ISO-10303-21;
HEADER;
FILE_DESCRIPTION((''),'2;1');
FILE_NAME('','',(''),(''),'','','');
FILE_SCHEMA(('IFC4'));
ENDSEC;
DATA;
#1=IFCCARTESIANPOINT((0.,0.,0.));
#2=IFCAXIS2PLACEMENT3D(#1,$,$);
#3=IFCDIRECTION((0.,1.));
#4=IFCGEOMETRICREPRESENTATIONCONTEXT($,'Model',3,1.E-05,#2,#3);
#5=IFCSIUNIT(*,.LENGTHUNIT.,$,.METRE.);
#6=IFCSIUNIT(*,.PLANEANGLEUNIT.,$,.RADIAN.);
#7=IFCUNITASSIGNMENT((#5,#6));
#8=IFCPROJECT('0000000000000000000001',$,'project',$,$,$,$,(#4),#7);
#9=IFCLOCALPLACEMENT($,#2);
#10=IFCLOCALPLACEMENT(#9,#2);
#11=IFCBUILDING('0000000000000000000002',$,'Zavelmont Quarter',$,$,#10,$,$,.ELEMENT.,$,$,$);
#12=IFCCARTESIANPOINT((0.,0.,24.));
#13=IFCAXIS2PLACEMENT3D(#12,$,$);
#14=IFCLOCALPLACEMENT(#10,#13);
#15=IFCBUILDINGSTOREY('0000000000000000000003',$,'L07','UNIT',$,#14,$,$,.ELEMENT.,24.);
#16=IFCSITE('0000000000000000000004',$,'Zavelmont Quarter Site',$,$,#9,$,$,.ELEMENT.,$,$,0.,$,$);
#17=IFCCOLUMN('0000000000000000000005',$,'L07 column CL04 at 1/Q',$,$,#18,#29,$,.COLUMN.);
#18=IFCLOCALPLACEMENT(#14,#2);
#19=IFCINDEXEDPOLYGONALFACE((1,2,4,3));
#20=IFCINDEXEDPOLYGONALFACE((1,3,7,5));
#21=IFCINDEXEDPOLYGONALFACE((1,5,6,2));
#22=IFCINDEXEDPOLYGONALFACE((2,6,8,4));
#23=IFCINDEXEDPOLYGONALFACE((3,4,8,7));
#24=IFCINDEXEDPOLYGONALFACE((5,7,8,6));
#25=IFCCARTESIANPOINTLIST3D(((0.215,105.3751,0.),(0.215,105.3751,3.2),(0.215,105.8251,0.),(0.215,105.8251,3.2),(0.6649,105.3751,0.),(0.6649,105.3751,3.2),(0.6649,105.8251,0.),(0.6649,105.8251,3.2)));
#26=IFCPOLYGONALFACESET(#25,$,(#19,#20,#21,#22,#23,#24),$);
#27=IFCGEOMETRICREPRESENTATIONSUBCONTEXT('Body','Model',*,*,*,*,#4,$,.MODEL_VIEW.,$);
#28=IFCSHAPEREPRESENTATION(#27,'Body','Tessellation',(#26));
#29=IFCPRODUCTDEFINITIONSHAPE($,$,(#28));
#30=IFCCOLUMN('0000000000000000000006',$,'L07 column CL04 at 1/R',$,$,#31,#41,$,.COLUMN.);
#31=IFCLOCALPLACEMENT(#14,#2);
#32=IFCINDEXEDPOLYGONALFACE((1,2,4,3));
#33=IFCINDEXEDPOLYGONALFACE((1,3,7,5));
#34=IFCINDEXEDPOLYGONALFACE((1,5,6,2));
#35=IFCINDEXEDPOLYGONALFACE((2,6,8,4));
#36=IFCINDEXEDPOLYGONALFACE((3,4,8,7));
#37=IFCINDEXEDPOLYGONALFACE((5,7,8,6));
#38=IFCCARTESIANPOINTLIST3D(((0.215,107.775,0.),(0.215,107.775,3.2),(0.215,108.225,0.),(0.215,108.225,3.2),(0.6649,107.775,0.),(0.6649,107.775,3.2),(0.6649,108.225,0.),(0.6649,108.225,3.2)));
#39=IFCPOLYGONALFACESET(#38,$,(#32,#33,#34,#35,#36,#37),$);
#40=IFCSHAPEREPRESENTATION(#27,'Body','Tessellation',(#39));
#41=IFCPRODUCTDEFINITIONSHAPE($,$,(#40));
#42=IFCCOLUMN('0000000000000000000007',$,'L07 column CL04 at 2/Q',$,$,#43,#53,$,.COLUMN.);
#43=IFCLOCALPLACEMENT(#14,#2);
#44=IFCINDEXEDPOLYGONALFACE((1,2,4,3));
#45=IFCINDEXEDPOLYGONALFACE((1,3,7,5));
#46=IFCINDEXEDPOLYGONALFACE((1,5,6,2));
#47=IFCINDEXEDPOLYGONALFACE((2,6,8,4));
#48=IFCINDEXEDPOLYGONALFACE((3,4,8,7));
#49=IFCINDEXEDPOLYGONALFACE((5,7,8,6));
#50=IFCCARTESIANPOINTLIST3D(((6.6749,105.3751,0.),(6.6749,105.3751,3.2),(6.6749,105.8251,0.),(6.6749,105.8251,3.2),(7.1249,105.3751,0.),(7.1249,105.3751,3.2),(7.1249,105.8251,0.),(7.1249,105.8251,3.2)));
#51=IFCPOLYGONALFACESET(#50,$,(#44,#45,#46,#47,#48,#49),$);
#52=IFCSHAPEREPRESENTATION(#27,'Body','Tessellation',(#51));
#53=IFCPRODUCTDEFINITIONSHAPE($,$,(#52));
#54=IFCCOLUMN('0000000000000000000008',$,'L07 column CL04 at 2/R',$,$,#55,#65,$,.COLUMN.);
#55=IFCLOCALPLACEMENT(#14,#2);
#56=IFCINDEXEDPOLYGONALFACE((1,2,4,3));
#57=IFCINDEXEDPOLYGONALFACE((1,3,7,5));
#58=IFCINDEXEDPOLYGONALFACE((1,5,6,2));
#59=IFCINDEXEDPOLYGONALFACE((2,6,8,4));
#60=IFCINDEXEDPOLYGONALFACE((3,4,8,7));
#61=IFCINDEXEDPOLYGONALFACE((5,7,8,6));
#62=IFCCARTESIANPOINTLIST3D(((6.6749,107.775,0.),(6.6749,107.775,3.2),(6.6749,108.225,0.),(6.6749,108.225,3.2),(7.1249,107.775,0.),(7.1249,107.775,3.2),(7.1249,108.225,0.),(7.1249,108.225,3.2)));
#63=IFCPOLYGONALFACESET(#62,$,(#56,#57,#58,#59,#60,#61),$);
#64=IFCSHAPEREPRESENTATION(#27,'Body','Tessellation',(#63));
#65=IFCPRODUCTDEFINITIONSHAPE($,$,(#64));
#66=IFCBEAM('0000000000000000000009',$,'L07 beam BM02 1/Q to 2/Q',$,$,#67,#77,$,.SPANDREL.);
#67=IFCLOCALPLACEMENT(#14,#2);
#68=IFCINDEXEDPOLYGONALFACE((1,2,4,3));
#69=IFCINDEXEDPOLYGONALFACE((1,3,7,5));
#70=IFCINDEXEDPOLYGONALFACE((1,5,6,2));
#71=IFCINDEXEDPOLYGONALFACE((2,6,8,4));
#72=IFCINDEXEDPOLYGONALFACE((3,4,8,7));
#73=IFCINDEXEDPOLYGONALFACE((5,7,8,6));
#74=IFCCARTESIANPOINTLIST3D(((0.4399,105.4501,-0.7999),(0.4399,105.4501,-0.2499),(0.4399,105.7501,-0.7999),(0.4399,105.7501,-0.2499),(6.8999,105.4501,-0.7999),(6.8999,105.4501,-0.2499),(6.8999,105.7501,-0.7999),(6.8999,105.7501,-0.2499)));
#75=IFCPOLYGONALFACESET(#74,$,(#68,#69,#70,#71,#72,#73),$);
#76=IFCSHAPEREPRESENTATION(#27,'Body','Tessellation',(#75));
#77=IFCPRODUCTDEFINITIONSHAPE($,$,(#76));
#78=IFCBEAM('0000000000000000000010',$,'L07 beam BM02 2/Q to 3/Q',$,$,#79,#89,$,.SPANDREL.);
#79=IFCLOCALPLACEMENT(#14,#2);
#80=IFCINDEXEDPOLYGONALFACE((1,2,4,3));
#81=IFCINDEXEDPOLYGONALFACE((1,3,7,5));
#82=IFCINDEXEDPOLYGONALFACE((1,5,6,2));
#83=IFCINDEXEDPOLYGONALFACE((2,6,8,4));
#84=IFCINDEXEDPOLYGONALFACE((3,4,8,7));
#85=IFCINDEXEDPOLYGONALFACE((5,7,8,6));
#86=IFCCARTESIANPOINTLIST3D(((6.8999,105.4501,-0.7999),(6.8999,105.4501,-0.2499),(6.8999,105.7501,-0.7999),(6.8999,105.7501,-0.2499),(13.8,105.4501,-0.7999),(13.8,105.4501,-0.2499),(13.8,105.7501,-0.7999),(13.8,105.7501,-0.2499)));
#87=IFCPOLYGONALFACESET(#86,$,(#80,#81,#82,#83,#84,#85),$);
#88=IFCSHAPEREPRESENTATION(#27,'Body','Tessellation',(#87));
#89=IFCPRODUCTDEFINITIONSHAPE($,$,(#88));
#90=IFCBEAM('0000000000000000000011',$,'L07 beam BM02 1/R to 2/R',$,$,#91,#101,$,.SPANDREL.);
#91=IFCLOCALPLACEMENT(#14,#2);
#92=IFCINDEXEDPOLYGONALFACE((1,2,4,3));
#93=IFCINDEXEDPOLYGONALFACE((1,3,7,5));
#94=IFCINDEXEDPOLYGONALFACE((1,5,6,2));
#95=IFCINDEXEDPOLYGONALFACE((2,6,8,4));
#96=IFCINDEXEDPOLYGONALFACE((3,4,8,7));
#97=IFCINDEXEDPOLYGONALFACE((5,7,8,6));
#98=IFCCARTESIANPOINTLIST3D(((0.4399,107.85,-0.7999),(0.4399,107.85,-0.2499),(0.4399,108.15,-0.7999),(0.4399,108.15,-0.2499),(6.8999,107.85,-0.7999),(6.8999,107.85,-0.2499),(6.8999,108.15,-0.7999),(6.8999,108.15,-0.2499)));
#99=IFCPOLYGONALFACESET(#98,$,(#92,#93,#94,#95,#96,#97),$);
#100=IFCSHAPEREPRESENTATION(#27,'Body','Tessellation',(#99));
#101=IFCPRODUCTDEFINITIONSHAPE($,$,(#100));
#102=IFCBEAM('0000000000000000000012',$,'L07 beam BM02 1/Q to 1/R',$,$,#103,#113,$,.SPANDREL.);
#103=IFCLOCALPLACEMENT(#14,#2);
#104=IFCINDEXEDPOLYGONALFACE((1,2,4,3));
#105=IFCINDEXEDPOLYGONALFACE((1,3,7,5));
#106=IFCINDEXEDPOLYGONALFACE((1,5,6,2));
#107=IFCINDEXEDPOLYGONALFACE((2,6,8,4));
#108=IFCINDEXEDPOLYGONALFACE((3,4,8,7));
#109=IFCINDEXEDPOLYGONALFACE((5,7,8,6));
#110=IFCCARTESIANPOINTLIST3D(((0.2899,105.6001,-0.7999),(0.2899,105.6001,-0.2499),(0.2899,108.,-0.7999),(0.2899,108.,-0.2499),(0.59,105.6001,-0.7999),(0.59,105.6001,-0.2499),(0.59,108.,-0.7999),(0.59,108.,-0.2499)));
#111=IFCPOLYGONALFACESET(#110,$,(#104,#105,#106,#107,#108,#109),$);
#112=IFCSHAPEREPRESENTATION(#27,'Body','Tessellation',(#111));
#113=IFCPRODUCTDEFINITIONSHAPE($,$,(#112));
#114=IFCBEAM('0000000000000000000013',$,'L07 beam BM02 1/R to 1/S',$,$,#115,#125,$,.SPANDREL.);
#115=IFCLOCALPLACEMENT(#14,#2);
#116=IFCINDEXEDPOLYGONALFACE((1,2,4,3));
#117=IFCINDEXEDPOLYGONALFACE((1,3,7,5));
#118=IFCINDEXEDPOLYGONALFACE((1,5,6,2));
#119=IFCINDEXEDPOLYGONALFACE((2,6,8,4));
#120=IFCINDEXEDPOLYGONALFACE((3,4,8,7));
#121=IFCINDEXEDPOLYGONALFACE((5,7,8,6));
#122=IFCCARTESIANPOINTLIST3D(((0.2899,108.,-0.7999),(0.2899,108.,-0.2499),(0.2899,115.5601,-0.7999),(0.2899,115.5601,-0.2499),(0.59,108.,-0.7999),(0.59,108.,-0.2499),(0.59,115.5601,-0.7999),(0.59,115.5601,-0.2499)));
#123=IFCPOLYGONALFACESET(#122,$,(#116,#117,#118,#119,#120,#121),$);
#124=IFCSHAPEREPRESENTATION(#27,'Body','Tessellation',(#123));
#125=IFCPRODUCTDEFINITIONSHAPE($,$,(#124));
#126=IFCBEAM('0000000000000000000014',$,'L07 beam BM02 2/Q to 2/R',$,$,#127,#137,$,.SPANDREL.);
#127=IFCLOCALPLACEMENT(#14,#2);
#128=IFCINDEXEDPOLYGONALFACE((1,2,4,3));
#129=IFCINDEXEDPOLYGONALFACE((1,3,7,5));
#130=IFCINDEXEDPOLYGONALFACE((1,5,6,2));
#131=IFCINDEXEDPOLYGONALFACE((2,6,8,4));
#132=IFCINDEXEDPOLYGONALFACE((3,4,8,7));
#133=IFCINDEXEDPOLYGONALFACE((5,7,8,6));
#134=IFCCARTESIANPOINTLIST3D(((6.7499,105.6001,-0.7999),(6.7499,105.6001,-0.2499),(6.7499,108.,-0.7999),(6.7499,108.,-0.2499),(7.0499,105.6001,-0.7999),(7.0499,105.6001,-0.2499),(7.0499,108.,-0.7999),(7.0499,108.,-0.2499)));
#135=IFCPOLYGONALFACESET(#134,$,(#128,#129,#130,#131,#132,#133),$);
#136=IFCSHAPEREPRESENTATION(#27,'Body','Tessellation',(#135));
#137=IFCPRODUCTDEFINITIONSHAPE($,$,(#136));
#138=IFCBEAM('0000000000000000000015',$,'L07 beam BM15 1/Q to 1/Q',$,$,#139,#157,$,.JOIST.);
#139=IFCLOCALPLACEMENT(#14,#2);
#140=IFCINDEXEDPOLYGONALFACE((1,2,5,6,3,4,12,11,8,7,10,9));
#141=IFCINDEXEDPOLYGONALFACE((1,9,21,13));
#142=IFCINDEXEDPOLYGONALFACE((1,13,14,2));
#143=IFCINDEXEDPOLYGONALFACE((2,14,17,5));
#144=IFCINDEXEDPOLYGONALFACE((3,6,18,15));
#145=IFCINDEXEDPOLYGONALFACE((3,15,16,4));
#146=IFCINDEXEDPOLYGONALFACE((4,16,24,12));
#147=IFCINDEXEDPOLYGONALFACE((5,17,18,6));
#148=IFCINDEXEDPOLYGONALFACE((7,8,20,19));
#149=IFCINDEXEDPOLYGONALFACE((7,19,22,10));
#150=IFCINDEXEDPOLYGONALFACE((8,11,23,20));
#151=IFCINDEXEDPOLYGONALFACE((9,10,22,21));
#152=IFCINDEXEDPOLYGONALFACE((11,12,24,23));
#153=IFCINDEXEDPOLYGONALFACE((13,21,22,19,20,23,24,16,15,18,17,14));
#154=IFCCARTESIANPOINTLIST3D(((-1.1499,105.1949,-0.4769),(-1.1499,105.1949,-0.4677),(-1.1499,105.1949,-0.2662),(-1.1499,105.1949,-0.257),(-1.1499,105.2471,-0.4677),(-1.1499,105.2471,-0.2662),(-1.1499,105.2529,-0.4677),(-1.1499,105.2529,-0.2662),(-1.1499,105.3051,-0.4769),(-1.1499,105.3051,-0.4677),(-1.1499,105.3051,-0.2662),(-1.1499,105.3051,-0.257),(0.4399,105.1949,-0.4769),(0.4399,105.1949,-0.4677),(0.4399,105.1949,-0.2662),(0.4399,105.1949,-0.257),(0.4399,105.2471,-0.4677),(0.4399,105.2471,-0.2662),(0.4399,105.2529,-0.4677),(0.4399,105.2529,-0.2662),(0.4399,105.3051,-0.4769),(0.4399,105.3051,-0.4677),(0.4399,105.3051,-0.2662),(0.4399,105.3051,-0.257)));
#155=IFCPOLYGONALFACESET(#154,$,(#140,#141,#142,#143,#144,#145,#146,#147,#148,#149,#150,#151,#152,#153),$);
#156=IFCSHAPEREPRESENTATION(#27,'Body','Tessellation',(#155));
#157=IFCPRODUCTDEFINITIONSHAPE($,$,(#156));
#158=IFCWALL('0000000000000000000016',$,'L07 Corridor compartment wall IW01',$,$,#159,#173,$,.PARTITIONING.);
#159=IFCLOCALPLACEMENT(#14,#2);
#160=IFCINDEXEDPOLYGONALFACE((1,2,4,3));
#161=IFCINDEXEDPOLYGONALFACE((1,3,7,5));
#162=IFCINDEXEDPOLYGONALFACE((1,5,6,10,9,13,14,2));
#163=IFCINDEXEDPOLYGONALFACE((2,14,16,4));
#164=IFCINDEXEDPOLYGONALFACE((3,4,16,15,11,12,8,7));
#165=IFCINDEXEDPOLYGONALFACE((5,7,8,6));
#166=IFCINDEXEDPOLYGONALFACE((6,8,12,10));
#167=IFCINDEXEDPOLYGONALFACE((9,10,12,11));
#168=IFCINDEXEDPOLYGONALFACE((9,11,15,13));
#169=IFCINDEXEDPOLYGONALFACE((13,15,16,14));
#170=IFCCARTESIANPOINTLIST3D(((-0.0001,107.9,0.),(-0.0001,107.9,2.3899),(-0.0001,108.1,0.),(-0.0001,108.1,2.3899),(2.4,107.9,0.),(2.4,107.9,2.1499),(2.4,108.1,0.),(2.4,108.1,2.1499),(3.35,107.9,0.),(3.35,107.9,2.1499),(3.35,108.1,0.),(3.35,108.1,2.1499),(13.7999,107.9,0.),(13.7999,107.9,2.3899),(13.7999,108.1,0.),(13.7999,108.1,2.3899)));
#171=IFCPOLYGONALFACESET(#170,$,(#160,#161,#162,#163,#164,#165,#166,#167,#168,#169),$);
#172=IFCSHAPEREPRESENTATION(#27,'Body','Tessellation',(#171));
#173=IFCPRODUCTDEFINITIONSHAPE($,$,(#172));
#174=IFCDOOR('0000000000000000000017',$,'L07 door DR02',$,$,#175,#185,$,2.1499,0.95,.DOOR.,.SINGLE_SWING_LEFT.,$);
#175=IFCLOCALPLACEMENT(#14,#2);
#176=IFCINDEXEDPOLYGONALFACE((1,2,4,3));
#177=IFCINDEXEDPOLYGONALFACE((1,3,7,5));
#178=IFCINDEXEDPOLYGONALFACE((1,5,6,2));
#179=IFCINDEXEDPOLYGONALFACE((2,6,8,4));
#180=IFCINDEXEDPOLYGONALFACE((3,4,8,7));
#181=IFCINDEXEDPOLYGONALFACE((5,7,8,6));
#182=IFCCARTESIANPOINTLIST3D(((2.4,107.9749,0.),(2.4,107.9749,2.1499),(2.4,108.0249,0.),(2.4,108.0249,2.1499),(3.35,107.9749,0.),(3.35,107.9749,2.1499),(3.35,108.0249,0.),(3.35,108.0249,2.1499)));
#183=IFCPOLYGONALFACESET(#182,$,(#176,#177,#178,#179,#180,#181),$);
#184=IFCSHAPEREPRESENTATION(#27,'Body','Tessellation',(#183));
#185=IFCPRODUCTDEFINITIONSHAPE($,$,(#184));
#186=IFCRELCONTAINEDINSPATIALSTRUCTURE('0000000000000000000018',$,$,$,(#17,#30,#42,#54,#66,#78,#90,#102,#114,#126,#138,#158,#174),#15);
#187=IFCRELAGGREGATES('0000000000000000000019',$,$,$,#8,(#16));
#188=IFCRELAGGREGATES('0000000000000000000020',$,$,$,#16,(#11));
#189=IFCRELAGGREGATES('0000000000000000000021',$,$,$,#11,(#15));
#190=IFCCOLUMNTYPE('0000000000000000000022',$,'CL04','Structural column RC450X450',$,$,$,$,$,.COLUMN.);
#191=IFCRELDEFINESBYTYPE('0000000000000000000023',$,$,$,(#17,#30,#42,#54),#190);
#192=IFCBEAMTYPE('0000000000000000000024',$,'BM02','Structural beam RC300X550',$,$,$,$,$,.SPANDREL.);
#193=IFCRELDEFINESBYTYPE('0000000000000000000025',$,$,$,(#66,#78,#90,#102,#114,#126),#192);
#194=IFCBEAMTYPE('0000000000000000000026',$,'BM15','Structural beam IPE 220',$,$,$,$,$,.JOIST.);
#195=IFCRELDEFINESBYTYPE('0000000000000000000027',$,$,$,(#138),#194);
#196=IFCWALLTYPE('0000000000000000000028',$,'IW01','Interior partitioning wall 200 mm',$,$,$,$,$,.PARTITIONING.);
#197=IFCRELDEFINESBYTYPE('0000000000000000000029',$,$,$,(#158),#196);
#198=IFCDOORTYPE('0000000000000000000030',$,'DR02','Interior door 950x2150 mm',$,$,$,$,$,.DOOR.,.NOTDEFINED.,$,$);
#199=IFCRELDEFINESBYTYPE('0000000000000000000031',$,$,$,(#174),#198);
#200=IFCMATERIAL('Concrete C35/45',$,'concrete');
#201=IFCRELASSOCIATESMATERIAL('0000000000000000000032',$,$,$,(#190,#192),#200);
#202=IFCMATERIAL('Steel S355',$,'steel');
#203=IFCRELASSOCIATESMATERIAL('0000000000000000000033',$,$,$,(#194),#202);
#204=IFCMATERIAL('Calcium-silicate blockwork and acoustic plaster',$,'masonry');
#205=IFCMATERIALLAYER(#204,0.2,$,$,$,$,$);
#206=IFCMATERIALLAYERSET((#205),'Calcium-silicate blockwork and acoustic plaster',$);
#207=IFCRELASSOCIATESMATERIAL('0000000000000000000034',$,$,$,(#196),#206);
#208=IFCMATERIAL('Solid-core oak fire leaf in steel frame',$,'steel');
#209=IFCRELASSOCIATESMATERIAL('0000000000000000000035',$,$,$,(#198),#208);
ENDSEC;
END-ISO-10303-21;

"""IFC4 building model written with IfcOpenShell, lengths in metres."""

from ifc_helpers import new_model, si_unit, direction, frame, frame_2d, origin, origin_with_axes, origin_2d, place, context, subcontext, project, spatial, rectangle, i_section, extrude, material, layer, layer_set, material_profile, profile_set, type_object, element, fill, save


model = new_model("IFC4")

# Units and contexts
model_context = context("Model", 3, precision=1e-05, world=origin(), true_north=direction((0.0, 1.0)))
body_context = subcontext(model_context, "Body", "Model", "MODEL_VIEW")
ifc_project = project(units=[si_unit("LENGTHUNIT", "METRE"), si_unit("PLANEANGLEUNIT", "RADIAN")], contexts=[model_context])

# Site, building, storey
site_placement = place(None, origin())
site = spatial("IfcSite", under=ifc_project, at=site_placement, Name="Zavelmont Quarter Site", CompositionType="ELEMENT", RefElevation=0.0)
building_placement = place(site_placement, origin())
building = spatial("IfcBuilding", under=site, at=building_placement, Name="Zavelmont Quarter", CompositionType="ELEMENT")
storey_placement = place(building_placement, frame((0.0, 0.0, 24.0)))
storey = spatial("IfcBuildingStorey", under=building, at=storey_placement, Name="L07", Description="UNIT", CompositionType="ELEMENT", Elevation=24.0)

# Columns
ifc_material_1 = material(Name="Concrete C35/45", Category="concrete")
ifc_material_profile_1 = material_profile(ifc_material_1, rectangle(XDim=0.45, YDim=0.45, at=origin_2d()), Name="RC450X450")
ifc_profile_set_1 = profile_set([ifc_material_profile_1], Name="Concrete C35/45")
column_type = type_object("IfcColumnType", Name="CL04", Description="Structural column RC450X450", PredefinedType="COLUMN", material=ifc_profile_set_1)
for number, where, z_axis, x_axis, name in (
    (1, (0.4399, 105.6001, 0.0), (0.0, 0.0, 1.0), (1.0, 0.0, 0.0), "L07 column CL04 at 1/Q"),
    (2, (0.4399, 108.0, 0.0), (0.0, 0.0, 1.0), (1.0, 0.0, 0.0), "L07 column CL04 at 1/R"),
    (3, (6.8999, 105.6001, 0.0), (0.0, 0.0, 1.0), (1.0, 0.0, 0.0), "L07 column CL04 at 2/Q"),
    (4, (6.8999, 108.0, 0.0), (0.0, 0.0, 1.0), (1.0, 0.0, 0.0), "L07 column CL04 at 2/R"),
):
    element("IfcColumn", number, at=place(storey_placement, frame(where, z_axis=z_axis, x_axis=x_axis)), inside=storey, type_object=column_type, Name=name, PredefinedType="COLUMN", context=body_context, shape_type="SweptSolid", body=[
        extrude(rectangle(XDim=0.45, YDim=0.45, at=origin_2d()), origin(), (0.0, 0.0, 1.0), 3.2),
    ])

# Beams
ifc_material_profile_2 = material_profile(ifc_material_1, rectangle(XDim=0.3, YDim=0.55, at=origin_2d()), Name="RC300X550")
ifc_profile_set_2 = profile_set([ifc_material_profile_2], Name="Concrete C35/45")
beam_type_1 = type_object("IfcBeamType", Name="BM02", Description="Structural beam RC300X550", PredefinedType="SPANDREL", material=ifc_profile_set_2)
beam_1_placement = place(storey_placement, frame((0.4399, 105.6001, -0.5249), z_axis=(1.0, 0.0, 0.0), x_axis=(0.0, 1.0, 0.0)))
element("IfcBeam", 5, at=beam_1_placement, inside=storey, type_object=beam_type_1, Name="L07 beam BM02 1/Q to 2/Q", PredefinedType="SPANDREL", context=body_context, shape_type="SweptSolid", body=[
    extrude(rectangle(XDim=0.3, YDim=0.55, at=origin_2d()), origin(), (0.0, 0.0, 1.0), 6.46),
])
beam_2_placement = place(storey_placement, frame((6.8999, 105.6001, -0.5249), z_axis=(1.0, 0.0, 0.0), x_axis=(0.0, 1.0, 0.0)))
element("IfcBeam", 6, at=beam_2_placement, inside=storey, type_object=beam_type_1, Name="L07 beam BM02 2/Q to 3/Q", PredefinedType="SPANDREL", context=body_context, shape_type="SweptSolid", body=[
    extrude(rectangle(XDim=0.3, YDim=0.55, at=origin_2d()), origin(), (0.0, 0.0, 1.0), 6.9001),
])
beam_3_placement = place(storey_placement, frame((0.4399, 108.0, -0.5249), z_axis=(1.0, 0.0, 0.0), x_axis=(0.0, 1.0, 0.0)))
element("IfcBeam", 7, at=beam_3_placement, inside=storey, type_object=beam_type_1, Name="L07 beam BM02 1/R to 2/R", PredefinedType="SPANDREL", context=body_context, shape_type="SweptSolid", body=[
    extrude(rectangle(XDim=0.3, YDim=0.55, at=origin_2d()), origin(), (0.0, 0.0, 1.0), 6.46),
])
beam_4_placement = place(storey_placement, frame((0.4399, 105.6001, -0.5249), z_axis=(0.0, 1.0, 0.0), x_axis=(-1.0, 0.0, 0.0)))
element("IfcBeam", 8, at=beam_4_placement, inside=storey, type_object=beam_type_1, Name="L07 beam BM02 1/Q to 1/R", PredefinedType="SPANDREL", context=body_context, shape_type="SweptSolid", body=[
    extrude(rectangle(XDim=0.3, YDim=0.55, at=origin_2d()), origin(), (0.0, 0.0, 1.0), 2.3999),
])
beam_5_placement = place(storey_placement, frame((0.4399, 108.0, -0.5249), z_axis=(0.0, 1.0, 0.0), x_axis=(-1.0, 0.0, 0.0)))
element("IfcBeam", 9, at=beam_5_placement, inside=storey, type_object=beam_type_1, Name="L07 beam BM02 1/R to 1/S", PredefinedType="SPANDREL", context=body_context, shape_type="SweptSolid", body=[
    extrude(rectangle(XDim=0.3, YDim=0.55, at=origin_2d()), origin(), (0.0, 0.0, 1.0), 7.5601),
])
beam_6_placement = place(storey_placement, frame((6.8999, 105.6001, -0.5249), z_axis=(0.0, 1.0, 0.0), x_axis=(-1.0, 0.0, 0.0)))
element("IfcBeam", 10, at=beam_6_placement, inside=storey, type_object=beam_type_1, Name="L07 beam BM02 2/Q to 2/R", PredefinedType="SPANDREL", context=body_context, shape_type="SweptSolid", body=[
    extrude(rectangle(XDim=0.3, YDim=0.55, at=origin_2d()), origin(), (0.0, 0.0, 1.0), 2.3999),
])
ifc_material_2 = material(Name="Steel S355", Category="steel")
ifc_material_profile_3 = material_profile(ifc_material_2, i_section(OverallWidth=0.1101, OverallDepth=0.22, WebThickness=0.0059, FlangeThickness=0.0093, at=origin_2d()), Name="IPE 220")
ifc_profile_set_3 = profile_set([ifc_material_profile_3], Name="Steel S355")
beam_type_2 = type_object("IfcBeamType", Name="BM15", Description="Structural beam IPE 220", PredefinedType="JOIST", material=ifc_profile_set_3)
beam_7_placement = place(storey_placement, frame((0.4399, 105.25, -0.3669), z_axis=(-1.0, 0.0, 0.0), x_axis=(0.0, -1.0, 0.0)))
element("IfcBeam", 11, at=beam_7_placement, inside=storey, type_object=beam_type_2, Name="L07 beam BM15 1/Q to 1/Q", PredefinedType="JOIST", context=body_context, shape_type="SweptSolid", body=[
    extrude(i_section(OverallWidth=0.1101, OverallDepth=0.22, WebThickness=0.0059, FlangeThickness=0.0093, at=origin_2d()), origin(), (0.0, 0.0, 1.0), 1.5898),
])

# Wall, opening, door
ifc_material_3 = material(Name="Calcium-silicate blockwork and acoustic plaster", Category="masonry")
ifc_layer_1 = layer(ifc_material_3, 0.2)
ifc_layer_set_1 = layer_set([ifc_layer_1], Name="Calcium-silicate blockwork and acoustic plaster")
wall_type_1 = type_object("IfcWallType", Name="IW01", Description="Interior partitioning wall 200 mm", PredefinedType="PARTITIONING", material=ifc_layer_set_1)
wall_1_placement = place(storey_placement, frame((0.0, 108.0, 0.0), z_axis=(0.0, 0.0, 1.0), x_axis=(1.0, 0.0, 0.0)))
wall_1 = element("IfcWall", 12, at=wall_1_placement, inside=storey, type_object=wall_type_1, Name="L07 Corridor compartment wall IW01", PredefinedType="PARTITIONING", context=body_context, shape_type="SweptSolid", body=[
    extrude(rectangle(XDim=13.8, YDim=0.2, at=frame_2d((6.8999, 0.0))), origin(), (0.0, 0.0, 1.0), 2.3899),
])
opening_1_placement = place(wall_1_placement, frame((2.3999, 0.0, 0.0)))
opening_1 = element("IfcOpeningElement", 13, at=opening_1_placement, cuts=wall_1, PredefinedType="OPENING", context=body_context, shape_type="SweptSolid", body=[
    extrude(rectangle(XDim=0.95, YDim=2.1499, at=frame_2d((0.4751, 1.075))), frame((0.0, 0.1118, 0.0), z_axis=(0.0, -1.0, 0.0), x_axis=(1.0, 0.0, 0.0)), (0.0, 0.0, 1.0), 0.2239),
])
ifc_material_4 = material(Name="Solid-core oak fire leaf in steel frame", Category="steel")
door_type_1 = type_object("IfcDoorType", Name="DR02", Description="Interior door 950x2150 mm", OperationType="NOTDEFINED", PredefinedType="DOOR", material=ifc_material_4)
door_1_placement = place(opening_1_placement, origin_with_axes())
door_1 = element("IfcDoor", 14, at=door_1_placement, inside=storey, type_object=door_type_1, Name="L07 door DR02", OperationType="SINGLE_SWING_LEFT", OverallHeight=2.1499, OverallWidth=0.95, PredefinedType="DOOR", context=body_context, shape_type="SweptSolid", body=[
    extrude(rectangle(XDim=0.95, YDim=2.1499, at=frame_2d((0.4751, 1.075))), frame((0.0, 0.0249, 0.0), z_axis=(0.0, -1.0, 0.0), x_axis=(1.0, 0.0, 0.0)), (0.0, 0.0, 1.0), 0.05),
])
fill(opening_1, door_1)

save(model, "model.ifc")
